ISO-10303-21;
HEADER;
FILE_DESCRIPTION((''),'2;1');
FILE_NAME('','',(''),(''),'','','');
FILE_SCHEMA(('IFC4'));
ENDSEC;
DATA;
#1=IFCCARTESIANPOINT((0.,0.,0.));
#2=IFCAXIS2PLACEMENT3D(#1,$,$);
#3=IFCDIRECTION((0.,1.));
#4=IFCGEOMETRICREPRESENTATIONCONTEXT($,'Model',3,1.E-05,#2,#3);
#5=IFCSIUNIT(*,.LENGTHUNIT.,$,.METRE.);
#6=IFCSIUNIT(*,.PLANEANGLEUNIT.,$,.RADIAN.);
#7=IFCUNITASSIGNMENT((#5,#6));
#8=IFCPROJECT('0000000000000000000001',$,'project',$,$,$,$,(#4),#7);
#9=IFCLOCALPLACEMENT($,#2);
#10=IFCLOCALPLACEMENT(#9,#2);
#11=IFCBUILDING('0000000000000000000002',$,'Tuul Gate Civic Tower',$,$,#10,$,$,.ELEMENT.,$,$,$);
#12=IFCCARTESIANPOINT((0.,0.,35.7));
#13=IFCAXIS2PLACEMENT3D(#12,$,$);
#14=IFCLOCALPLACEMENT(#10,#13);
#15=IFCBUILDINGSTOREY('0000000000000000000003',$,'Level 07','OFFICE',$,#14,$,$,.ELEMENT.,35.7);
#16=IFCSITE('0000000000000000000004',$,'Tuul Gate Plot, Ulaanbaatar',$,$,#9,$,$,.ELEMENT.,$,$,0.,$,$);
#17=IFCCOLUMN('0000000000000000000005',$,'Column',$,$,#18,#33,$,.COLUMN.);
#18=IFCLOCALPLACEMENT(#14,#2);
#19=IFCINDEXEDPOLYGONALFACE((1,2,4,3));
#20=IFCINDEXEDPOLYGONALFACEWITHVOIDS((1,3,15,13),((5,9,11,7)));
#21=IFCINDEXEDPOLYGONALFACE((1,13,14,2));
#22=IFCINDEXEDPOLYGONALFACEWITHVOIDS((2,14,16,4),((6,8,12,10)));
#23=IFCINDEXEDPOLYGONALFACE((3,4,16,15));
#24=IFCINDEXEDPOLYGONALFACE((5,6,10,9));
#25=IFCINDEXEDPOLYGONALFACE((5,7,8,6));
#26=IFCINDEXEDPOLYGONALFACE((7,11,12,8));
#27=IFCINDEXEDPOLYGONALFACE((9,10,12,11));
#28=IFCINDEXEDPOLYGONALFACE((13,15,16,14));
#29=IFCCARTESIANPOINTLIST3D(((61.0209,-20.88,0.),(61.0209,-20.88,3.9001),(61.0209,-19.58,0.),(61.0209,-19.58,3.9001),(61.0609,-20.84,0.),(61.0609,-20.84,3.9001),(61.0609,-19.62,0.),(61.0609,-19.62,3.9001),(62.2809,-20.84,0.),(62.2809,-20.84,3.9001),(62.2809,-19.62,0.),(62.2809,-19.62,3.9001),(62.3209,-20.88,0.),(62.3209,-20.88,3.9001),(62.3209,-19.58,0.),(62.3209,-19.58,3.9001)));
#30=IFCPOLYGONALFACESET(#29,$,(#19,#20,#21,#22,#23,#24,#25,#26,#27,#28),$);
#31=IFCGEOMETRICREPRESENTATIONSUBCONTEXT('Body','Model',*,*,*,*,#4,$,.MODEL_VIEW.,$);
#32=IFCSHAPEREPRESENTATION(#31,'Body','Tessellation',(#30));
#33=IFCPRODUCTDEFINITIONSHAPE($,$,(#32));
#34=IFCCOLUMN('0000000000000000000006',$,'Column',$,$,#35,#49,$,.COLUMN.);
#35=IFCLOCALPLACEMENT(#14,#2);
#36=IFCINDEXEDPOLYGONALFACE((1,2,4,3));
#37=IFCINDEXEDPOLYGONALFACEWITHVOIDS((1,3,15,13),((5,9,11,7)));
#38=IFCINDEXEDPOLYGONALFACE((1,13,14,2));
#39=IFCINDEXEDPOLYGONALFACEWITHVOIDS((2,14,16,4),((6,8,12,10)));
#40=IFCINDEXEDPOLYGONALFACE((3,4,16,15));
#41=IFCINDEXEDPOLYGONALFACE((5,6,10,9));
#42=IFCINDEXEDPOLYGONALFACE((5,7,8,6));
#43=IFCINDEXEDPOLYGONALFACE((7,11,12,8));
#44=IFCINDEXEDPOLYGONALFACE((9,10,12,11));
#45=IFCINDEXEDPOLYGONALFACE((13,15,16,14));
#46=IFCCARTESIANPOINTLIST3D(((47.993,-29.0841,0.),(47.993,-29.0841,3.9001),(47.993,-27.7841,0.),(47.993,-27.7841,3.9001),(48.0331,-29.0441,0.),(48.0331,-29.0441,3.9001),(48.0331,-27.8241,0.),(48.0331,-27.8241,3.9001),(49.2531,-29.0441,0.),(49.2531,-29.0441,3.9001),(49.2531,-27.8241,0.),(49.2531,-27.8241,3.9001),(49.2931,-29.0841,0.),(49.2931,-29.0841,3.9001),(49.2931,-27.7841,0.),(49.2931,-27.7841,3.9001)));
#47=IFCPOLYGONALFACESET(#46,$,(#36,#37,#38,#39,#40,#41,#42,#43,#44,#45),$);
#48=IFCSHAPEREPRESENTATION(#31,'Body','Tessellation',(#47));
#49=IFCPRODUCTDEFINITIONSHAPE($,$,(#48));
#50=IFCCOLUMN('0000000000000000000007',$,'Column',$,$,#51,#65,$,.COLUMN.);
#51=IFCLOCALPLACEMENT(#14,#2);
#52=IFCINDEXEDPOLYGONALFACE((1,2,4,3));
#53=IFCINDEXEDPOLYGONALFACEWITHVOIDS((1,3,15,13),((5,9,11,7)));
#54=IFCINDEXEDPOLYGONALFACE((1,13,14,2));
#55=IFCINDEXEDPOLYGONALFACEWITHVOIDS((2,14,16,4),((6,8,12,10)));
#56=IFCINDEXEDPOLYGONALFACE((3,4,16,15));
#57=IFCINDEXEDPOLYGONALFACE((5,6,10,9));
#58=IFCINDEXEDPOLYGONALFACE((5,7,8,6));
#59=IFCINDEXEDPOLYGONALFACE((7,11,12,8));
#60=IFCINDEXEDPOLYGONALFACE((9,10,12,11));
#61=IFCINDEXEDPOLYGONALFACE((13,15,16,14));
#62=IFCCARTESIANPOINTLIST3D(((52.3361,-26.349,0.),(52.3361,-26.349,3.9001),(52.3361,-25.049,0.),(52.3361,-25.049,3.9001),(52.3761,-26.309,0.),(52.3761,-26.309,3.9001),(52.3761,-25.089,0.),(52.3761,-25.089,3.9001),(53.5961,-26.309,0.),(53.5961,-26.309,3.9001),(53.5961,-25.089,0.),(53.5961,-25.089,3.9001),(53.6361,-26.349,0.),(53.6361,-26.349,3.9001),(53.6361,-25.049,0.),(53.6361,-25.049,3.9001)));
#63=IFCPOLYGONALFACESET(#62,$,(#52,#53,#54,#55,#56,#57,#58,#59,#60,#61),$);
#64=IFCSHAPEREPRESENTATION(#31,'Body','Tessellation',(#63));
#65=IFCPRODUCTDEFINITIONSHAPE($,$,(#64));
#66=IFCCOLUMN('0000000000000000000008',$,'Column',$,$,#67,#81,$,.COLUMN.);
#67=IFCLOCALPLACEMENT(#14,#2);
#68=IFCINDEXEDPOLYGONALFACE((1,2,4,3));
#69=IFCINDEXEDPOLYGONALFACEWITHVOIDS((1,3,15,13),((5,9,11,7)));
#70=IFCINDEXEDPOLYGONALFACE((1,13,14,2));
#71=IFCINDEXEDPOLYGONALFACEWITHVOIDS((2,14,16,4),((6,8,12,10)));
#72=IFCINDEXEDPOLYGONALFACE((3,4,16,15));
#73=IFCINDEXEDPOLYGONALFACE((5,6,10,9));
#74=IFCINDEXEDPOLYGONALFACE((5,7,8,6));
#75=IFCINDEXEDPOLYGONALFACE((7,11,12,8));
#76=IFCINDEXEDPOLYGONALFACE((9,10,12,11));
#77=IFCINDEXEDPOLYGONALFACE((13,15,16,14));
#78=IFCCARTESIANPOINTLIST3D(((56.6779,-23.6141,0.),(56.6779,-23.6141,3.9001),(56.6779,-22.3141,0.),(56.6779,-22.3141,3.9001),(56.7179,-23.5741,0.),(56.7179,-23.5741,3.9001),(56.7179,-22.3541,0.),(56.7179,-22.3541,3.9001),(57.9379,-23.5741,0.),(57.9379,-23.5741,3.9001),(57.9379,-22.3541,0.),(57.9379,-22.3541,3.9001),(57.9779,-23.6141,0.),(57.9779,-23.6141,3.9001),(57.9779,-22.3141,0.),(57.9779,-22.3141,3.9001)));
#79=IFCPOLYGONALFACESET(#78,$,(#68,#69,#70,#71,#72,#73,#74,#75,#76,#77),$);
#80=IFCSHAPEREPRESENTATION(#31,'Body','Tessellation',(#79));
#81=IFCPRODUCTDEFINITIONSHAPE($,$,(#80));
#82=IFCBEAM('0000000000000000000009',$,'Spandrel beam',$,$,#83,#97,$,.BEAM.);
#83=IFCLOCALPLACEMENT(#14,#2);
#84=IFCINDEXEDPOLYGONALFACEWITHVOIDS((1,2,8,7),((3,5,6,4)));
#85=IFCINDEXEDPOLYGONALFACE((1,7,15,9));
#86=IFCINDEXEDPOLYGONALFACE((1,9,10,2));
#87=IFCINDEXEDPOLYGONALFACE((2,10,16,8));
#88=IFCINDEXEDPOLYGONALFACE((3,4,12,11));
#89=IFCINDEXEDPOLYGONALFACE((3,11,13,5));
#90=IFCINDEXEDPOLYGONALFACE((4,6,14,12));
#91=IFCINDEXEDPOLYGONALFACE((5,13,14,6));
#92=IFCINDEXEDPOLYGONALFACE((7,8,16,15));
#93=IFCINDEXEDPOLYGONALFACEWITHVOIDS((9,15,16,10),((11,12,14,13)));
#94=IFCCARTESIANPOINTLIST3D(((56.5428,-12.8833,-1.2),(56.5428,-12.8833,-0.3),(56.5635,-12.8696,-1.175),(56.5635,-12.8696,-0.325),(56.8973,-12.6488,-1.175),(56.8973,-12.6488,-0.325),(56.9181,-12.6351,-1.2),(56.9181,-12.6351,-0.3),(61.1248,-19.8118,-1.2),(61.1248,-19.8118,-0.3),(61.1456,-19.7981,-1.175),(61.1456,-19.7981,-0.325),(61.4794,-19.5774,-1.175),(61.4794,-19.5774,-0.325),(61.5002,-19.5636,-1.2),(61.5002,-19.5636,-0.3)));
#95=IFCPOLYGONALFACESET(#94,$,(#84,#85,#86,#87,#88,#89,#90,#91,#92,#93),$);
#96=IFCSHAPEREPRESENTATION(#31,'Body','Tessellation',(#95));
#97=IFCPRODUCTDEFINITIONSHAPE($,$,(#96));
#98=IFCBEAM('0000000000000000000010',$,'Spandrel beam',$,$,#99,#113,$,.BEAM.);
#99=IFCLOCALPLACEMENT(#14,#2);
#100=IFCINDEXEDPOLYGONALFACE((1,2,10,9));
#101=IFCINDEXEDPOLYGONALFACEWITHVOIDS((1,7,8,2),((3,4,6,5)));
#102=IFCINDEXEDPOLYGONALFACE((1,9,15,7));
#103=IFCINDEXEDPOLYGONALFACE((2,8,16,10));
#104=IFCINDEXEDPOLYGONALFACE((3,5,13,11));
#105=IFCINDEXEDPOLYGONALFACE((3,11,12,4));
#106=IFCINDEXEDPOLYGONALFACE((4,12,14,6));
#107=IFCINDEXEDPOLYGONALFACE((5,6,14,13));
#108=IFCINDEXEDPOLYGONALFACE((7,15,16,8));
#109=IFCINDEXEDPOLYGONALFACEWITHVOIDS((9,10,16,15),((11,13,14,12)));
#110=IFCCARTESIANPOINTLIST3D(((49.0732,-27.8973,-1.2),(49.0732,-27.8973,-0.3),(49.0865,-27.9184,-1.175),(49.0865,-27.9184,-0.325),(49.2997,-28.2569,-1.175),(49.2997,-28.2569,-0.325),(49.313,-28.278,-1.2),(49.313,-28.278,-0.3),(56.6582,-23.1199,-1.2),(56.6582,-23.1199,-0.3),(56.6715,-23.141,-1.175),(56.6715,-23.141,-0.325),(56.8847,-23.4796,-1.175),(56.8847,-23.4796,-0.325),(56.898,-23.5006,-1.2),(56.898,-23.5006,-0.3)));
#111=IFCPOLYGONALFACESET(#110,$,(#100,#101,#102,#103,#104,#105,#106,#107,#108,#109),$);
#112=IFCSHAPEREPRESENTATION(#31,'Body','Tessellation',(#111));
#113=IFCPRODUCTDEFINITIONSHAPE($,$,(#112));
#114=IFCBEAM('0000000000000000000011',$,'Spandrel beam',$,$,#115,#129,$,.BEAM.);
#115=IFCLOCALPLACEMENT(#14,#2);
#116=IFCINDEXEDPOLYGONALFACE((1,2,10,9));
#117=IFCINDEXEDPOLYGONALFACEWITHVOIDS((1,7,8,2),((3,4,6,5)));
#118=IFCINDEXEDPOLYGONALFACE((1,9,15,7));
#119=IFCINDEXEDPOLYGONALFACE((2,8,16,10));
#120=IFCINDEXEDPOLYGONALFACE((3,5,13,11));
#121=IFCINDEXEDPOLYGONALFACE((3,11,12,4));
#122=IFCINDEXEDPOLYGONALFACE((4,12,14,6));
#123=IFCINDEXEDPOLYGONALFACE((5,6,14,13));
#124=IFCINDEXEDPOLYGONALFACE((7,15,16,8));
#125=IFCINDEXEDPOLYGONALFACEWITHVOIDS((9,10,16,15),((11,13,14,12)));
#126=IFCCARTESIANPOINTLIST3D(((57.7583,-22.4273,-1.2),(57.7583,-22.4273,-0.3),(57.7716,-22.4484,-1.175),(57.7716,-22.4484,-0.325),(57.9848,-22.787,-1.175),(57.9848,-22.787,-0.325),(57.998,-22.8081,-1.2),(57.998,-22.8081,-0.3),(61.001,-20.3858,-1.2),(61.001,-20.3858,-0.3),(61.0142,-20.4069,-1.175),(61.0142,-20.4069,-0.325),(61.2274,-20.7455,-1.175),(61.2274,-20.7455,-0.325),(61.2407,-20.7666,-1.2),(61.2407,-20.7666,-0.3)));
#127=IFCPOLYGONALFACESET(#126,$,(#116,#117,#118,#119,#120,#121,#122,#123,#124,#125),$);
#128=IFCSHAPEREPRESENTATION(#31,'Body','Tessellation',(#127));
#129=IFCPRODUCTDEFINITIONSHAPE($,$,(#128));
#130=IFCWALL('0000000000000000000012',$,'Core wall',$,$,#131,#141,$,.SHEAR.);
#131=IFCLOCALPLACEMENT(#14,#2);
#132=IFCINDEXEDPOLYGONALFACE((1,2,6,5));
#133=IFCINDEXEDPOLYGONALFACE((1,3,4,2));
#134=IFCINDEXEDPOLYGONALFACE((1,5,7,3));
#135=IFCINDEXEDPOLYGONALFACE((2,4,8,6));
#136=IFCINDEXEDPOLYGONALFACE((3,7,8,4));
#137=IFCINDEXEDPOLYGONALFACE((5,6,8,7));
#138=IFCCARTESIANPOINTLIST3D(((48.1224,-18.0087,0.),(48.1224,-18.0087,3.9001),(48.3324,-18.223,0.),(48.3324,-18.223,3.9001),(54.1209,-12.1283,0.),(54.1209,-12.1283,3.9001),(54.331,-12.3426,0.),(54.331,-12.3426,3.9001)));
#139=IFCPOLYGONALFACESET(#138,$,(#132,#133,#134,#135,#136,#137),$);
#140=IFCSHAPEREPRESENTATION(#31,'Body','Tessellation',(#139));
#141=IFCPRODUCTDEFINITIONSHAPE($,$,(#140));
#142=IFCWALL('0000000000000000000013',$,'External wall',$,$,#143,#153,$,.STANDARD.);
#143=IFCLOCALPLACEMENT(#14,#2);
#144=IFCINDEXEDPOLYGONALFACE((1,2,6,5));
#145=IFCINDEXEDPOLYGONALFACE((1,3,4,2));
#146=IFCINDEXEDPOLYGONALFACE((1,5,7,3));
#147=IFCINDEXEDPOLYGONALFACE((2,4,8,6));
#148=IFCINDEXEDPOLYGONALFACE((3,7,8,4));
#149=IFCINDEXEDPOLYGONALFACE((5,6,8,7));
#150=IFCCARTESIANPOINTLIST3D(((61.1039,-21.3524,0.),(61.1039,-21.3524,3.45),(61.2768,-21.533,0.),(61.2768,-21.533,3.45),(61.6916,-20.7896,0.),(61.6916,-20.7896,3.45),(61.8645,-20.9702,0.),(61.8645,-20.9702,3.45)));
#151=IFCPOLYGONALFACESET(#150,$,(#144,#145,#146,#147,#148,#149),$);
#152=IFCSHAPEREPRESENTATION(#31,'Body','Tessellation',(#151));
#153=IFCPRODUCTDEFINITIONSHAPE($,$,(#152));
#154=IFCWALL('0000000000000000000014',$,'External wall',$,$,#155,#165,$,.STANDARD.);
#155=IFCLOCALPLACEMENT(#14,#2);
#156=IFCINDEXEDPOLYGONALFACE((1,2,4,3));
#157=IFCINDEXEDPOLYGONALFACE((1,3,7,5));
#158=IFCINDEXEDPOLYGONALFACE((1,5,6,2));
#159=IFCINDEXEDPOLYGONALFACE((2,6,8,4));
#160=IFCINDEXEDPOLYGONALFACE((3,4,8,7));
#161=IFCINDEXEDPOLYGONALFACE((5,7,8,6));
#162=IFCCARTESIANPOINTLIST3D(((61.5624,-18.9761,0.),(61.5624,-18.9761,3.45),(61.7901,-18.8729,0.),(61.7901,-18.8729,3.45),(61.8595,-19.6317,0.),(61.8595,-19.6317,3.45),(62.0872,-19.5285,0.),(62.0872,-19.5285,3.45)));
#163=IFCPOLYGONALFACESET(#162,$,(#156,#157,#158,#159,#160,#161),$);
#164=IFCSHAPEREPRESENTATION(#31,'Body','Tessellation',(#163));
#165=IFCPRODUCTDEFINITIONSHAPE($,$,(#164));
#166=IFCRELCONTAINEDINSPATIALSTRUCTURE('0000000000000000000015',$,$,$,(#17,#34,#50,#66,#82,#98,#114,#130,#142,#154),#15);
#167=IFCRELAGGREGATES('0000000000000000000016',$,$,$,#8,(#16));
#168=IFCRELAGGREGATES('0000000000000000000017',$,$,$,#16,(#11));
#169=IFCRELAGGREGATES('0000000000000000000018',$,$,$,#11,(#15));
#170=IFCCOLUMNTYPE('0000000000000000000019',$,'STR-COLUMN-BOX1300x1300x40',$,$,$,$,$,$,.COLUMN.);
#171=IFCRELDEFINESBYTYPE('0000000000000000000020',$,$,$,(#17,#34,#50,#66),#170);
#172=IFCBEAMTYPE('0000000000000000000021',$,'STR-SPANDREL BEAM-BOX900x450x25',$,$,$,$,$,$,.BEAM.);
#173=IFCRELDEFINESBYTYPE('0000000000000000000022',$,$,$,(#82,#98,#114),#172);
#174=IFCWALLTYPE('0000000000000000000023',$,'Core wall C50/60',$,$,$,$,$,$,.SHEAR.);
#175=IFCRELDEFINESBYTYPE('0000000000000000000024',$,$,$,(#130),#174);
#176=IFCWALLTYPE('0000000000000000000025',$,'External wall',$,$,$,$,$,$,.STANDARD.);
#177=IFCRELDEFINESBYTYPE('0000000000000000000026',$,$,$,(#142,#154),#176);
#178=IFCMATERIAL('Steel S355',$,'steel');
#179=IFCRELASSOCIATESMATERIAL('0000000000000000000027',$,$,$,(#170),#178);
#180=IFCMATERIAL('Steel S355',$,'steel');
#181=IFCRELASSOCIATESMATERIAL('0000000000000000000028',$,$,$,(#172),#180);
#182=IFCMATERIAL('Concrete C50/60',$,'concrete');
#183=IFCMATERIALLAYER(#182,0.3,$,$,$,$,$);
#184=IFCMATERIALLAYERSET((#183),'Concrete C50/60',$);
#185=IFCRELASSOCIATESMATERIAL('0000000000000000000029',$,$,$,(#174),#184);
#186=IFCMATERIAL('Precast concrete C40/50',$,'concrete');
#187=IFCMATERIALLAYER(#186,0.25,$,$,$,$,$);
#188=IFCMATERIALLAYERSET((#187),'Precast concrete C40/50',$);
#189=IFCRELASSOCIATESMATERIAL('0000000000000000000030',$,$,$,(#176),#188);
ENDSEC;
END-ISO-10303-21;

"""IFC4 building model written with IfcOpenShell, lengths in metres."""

from ifc_helpers import new_model, si_unit, direction, frame, frame_2d, origin, origin_2d, place, context, subcontext, project, spatial, rectangle, hollow_rectangle, extrude, material, layer, layer_set, material_profile, profile_set, type_object, element, save


model = new_model("IFC4")

# Units and contexts
model_context = context("Model", 3, precision=1e-05, world=origin(), true_north=direction((0.0, 1.0)))
body_context = subcontext(model_context, "Body", "Model", "MODEL_VIEW")
ifc_project = project(units=[si_unit("LENGTHUNIT", "METRE"), si_unit("PLANEANGLEUNIT", "RADIAN")], contexts=[model_context])

# Site, building, storey
site_placement = place(None, origin())
site = spatial("IfcSite", under=ifc_project, at=site_placement, Name="Tuul Gate Plot, Ulaanbaatar", CompositionType="ELEMENT", RefElevation=0.0)
building_placement = place(site_placement, origin())
building = spatial("IfcBuilding", under=site, at=building_placement, Name="Tuul Gate Civic Tower", CompositionType="ELEMENT")
storey_placement = place(building_placement, frame((0.0, 0.0, 35.7)))
storey = spatial("IfcBuildingStorey", under=building, at=storey_placement, Name="Level 07", Description="OFFICE", CompositionType="ELEMENT", Elevation=35.7)

# Columns
ifc_material_1 = material(Name="Steel S355", Category="steel")
ifc_material_profile_1 = material_profile(ifc_material_1, hollow_rectangle(XDim=1.3, YDim=1.3, WallThickness=0.04, at=origin_2d()), Name="BOX1300x1300x40")
ifc_profile_set_1 = profile_set([ifc_material_profile_1], Name="Steel S355")
column_type = type_object("IfcColumnType", Name="STR-COLUMN-BOX1300x1300x40", PredefinedType="COLUMN", material=ifc_profile_set_1)
for number, where, z_axis, x_axis, name in (
    (1, (61.6709, -20.23, 0.0), (0.0, 0.0, 1.0), (1.0, 0.0, 0.0), "Column"),
    (2, (48.6431, -28.4341, 0.0), (0.0, 0.0, 1.0), (1.0, 0.0, 0.0), "Column"),
    (3, (52.9861, -25.699, 0.0), (0.0, 0.0, 1.0), (1.0, 0.0, 0.0), "Column"),
    (4, (57.3279, -22.9641, 0.0), (0.0, 0.0, 1.0), (1.0, 0.0, 0.0), "Column"),
):
    element("IfcColumn", number, at=place(storey_placement, frame(where, z_axis=z_axis, x_axis=x_axis)), inside=storey, type_object=column_type, Name=name, PredefinedType="COLUMN", context=body_context, shape_type="SweptSolid", body=[
        extrude(hollow_rectangle(XDim=1.3, YDim=1.3, WallThickness=0.04, at=origin_2d()), origin(), (0.0, 0.0, 1.0), 3.9001),
    ])

# Beams
ifc_material_2 = material(Name="Steel S355", Category="steel")
ifc_material_profile_2 = material_profile(ifc_material_2, hollow_rectangle(XDim=0.45, YDim=0.8999, WallThickness=0.0249, at=origin_2d()), Name="BOX900x450x25")
ifc_profile_set_2 = profile_set([ifc_material_profile_2], Name="Steel S355")
beam_type = type_object("IfcBeamType", Name="STR-SPANDREL BEAM-BOX900x450x25", PredefinedType="BEAM", material=ifc_profile_set_2)
beam_1_placement = place(storey_placement, frame((61.3125, -19.6877, -0.75), z_axis=(-0.551617, 0.834097, 0.0), x_axis=(-0.834097, -0.551617, 0.0)))
element("IfcBeam", 5, at=beam_1_placement, inside=storey, type_object=beam_type, Name="Spandrel beam", PredefinedType="BEAM", context=body_context, shape_type="SweptSolid", body=[
    extrude(hollow_rectangle(XDim=0.45, YDim=0.8999, WallThickness=0.0249, at=origin_2d()), origin(), (0.0, 0.0, 1.0), 8.3066),
])
beam_2_placement = place(storey_placement, frame((49.1931, -28.0876, -0.75), z_axis=(0.846151, 0.532943, 0.0), x_axis=(-0.532943, 0.846151, 0.0)))
element("IfcBeam", 6, at=beam_2_placement, inside=storey, type_object=beam_type, Name="Spandrel beam", PredefinedType="BEAM", context=body_context, shape_type="SweptSolid", body=[
    extrude(hollow_rectangle(XDim=0.45, YDim=0.8999, WallThickness=0.0249, at=origin_2d()), origin(), (0.0, 0.0, 1.0), 8.9641),
])
beam_3_placement = place(storey_placement, frame((57.8782, -22.6177, -0.75), z_axis=(0.846254, 0.532779, 0.0), x_axis=(-0.532779, 0.846254, 0.0)))
element("IfcBeam", 7, at=beam_3_placement, inside=storey, type_object=beam_type, Name="Spandrel beam", PredefinedType="BEAM", context=body_context, shape_type="SweptSolid", body=[
    extrude(hollow_rectangle(XDim=0.45, YDim=0.8999, WallThickness=0.0249, at=origin_2d()), origin(), (0.0, 0.0, 1.0), 3.8318),
])

# Walls
ifc_material_3 = material(Name="Concrete C50/60", Category="concrete")
ifc_layer_1 = layer(ifc_material_3, 0.3)
ifc_layer_set_1 = layer_set([ifc_layer_1], Name="Concrete C50/60")
wall_type_1 = type_object("IfcWallType", Name="Core wall C50/60", PredefinedType="SHEAR", material=ifc_layer_set_1)
wall_1_placement = place(storey_placement, frame((48.2273, -18.116, 0.0), z_axis=(0.0, 0.0, 1.0), x_axis=(0.714105, 0.700038, 0.0)))
element("IfcWall", 8, at=wall_1_placement, inside=storey, type_object=wall_type_1, Name="Core wall", PredefinedType="SHEAR", context=body_context, shape_type="SweptSolid", body=[
    extrude(rectangle(XDim=8.4001, YDim=0.3, at=frame_2d((4.2002, 0.0))), origin(), (0.0, 0.0, 1.0), 3.9001),
])
ifc_material_4 = material(Name="Precast concrete C40/50", Category="concrete")
ifc_layer_2 = layer(ifc_material_4, 0.25)
ifc_layer_set_2 = layer_set([ifc_layer_2], Name="Precast concrete C40/50")
wall_type_2 = type_object("IfcWallType", Name="External wall", PredefinedType="STANDARD", material=ifc_layer_set_2)
wall_2_placement = place(storey_placement, frame((61.1904, -21.4426, 0.0), z_axis=(0.0, 0.0, 1.0), x_axis=(0.722244, 0.691638, 0.0)))
element("IfcWall", 9, at=wall_2_placement, inside=storey, type_object=wall_type_2, Name="External wall", PredefinedType="STANDARD", context=body_context, shape_type="SweptSolid", body=[
    extrude(rectangle(XDim=0.8137, YDim=0.25, at=frame_2d((0.4067, 0.0))), origin(), (0.0, 0.0, 1.0), 3.45),
])
wall_3_placement = place(storey_placement, frame((61.9734, -19.5801, 0.0), z_axis=(0.0, 0.0, 1.0), x_axis=(-0.412832, 0.910807, 0.0)))
element("IfcWall", 10, at=wall_3_placement, inside=storey, type_object=wall_type_2, Name="External wall", PredefinedType="STANDARD", context=body_context, shape_type="SweptSolid", body=[
    extrude(rectangle(XDim=0.7197, YDim=0.25, at=frame_2d((0.3599, 0.0))), origin(), (0.0, 0.0, 1.0), 3.45),
])

save(model, "model.ifc")
